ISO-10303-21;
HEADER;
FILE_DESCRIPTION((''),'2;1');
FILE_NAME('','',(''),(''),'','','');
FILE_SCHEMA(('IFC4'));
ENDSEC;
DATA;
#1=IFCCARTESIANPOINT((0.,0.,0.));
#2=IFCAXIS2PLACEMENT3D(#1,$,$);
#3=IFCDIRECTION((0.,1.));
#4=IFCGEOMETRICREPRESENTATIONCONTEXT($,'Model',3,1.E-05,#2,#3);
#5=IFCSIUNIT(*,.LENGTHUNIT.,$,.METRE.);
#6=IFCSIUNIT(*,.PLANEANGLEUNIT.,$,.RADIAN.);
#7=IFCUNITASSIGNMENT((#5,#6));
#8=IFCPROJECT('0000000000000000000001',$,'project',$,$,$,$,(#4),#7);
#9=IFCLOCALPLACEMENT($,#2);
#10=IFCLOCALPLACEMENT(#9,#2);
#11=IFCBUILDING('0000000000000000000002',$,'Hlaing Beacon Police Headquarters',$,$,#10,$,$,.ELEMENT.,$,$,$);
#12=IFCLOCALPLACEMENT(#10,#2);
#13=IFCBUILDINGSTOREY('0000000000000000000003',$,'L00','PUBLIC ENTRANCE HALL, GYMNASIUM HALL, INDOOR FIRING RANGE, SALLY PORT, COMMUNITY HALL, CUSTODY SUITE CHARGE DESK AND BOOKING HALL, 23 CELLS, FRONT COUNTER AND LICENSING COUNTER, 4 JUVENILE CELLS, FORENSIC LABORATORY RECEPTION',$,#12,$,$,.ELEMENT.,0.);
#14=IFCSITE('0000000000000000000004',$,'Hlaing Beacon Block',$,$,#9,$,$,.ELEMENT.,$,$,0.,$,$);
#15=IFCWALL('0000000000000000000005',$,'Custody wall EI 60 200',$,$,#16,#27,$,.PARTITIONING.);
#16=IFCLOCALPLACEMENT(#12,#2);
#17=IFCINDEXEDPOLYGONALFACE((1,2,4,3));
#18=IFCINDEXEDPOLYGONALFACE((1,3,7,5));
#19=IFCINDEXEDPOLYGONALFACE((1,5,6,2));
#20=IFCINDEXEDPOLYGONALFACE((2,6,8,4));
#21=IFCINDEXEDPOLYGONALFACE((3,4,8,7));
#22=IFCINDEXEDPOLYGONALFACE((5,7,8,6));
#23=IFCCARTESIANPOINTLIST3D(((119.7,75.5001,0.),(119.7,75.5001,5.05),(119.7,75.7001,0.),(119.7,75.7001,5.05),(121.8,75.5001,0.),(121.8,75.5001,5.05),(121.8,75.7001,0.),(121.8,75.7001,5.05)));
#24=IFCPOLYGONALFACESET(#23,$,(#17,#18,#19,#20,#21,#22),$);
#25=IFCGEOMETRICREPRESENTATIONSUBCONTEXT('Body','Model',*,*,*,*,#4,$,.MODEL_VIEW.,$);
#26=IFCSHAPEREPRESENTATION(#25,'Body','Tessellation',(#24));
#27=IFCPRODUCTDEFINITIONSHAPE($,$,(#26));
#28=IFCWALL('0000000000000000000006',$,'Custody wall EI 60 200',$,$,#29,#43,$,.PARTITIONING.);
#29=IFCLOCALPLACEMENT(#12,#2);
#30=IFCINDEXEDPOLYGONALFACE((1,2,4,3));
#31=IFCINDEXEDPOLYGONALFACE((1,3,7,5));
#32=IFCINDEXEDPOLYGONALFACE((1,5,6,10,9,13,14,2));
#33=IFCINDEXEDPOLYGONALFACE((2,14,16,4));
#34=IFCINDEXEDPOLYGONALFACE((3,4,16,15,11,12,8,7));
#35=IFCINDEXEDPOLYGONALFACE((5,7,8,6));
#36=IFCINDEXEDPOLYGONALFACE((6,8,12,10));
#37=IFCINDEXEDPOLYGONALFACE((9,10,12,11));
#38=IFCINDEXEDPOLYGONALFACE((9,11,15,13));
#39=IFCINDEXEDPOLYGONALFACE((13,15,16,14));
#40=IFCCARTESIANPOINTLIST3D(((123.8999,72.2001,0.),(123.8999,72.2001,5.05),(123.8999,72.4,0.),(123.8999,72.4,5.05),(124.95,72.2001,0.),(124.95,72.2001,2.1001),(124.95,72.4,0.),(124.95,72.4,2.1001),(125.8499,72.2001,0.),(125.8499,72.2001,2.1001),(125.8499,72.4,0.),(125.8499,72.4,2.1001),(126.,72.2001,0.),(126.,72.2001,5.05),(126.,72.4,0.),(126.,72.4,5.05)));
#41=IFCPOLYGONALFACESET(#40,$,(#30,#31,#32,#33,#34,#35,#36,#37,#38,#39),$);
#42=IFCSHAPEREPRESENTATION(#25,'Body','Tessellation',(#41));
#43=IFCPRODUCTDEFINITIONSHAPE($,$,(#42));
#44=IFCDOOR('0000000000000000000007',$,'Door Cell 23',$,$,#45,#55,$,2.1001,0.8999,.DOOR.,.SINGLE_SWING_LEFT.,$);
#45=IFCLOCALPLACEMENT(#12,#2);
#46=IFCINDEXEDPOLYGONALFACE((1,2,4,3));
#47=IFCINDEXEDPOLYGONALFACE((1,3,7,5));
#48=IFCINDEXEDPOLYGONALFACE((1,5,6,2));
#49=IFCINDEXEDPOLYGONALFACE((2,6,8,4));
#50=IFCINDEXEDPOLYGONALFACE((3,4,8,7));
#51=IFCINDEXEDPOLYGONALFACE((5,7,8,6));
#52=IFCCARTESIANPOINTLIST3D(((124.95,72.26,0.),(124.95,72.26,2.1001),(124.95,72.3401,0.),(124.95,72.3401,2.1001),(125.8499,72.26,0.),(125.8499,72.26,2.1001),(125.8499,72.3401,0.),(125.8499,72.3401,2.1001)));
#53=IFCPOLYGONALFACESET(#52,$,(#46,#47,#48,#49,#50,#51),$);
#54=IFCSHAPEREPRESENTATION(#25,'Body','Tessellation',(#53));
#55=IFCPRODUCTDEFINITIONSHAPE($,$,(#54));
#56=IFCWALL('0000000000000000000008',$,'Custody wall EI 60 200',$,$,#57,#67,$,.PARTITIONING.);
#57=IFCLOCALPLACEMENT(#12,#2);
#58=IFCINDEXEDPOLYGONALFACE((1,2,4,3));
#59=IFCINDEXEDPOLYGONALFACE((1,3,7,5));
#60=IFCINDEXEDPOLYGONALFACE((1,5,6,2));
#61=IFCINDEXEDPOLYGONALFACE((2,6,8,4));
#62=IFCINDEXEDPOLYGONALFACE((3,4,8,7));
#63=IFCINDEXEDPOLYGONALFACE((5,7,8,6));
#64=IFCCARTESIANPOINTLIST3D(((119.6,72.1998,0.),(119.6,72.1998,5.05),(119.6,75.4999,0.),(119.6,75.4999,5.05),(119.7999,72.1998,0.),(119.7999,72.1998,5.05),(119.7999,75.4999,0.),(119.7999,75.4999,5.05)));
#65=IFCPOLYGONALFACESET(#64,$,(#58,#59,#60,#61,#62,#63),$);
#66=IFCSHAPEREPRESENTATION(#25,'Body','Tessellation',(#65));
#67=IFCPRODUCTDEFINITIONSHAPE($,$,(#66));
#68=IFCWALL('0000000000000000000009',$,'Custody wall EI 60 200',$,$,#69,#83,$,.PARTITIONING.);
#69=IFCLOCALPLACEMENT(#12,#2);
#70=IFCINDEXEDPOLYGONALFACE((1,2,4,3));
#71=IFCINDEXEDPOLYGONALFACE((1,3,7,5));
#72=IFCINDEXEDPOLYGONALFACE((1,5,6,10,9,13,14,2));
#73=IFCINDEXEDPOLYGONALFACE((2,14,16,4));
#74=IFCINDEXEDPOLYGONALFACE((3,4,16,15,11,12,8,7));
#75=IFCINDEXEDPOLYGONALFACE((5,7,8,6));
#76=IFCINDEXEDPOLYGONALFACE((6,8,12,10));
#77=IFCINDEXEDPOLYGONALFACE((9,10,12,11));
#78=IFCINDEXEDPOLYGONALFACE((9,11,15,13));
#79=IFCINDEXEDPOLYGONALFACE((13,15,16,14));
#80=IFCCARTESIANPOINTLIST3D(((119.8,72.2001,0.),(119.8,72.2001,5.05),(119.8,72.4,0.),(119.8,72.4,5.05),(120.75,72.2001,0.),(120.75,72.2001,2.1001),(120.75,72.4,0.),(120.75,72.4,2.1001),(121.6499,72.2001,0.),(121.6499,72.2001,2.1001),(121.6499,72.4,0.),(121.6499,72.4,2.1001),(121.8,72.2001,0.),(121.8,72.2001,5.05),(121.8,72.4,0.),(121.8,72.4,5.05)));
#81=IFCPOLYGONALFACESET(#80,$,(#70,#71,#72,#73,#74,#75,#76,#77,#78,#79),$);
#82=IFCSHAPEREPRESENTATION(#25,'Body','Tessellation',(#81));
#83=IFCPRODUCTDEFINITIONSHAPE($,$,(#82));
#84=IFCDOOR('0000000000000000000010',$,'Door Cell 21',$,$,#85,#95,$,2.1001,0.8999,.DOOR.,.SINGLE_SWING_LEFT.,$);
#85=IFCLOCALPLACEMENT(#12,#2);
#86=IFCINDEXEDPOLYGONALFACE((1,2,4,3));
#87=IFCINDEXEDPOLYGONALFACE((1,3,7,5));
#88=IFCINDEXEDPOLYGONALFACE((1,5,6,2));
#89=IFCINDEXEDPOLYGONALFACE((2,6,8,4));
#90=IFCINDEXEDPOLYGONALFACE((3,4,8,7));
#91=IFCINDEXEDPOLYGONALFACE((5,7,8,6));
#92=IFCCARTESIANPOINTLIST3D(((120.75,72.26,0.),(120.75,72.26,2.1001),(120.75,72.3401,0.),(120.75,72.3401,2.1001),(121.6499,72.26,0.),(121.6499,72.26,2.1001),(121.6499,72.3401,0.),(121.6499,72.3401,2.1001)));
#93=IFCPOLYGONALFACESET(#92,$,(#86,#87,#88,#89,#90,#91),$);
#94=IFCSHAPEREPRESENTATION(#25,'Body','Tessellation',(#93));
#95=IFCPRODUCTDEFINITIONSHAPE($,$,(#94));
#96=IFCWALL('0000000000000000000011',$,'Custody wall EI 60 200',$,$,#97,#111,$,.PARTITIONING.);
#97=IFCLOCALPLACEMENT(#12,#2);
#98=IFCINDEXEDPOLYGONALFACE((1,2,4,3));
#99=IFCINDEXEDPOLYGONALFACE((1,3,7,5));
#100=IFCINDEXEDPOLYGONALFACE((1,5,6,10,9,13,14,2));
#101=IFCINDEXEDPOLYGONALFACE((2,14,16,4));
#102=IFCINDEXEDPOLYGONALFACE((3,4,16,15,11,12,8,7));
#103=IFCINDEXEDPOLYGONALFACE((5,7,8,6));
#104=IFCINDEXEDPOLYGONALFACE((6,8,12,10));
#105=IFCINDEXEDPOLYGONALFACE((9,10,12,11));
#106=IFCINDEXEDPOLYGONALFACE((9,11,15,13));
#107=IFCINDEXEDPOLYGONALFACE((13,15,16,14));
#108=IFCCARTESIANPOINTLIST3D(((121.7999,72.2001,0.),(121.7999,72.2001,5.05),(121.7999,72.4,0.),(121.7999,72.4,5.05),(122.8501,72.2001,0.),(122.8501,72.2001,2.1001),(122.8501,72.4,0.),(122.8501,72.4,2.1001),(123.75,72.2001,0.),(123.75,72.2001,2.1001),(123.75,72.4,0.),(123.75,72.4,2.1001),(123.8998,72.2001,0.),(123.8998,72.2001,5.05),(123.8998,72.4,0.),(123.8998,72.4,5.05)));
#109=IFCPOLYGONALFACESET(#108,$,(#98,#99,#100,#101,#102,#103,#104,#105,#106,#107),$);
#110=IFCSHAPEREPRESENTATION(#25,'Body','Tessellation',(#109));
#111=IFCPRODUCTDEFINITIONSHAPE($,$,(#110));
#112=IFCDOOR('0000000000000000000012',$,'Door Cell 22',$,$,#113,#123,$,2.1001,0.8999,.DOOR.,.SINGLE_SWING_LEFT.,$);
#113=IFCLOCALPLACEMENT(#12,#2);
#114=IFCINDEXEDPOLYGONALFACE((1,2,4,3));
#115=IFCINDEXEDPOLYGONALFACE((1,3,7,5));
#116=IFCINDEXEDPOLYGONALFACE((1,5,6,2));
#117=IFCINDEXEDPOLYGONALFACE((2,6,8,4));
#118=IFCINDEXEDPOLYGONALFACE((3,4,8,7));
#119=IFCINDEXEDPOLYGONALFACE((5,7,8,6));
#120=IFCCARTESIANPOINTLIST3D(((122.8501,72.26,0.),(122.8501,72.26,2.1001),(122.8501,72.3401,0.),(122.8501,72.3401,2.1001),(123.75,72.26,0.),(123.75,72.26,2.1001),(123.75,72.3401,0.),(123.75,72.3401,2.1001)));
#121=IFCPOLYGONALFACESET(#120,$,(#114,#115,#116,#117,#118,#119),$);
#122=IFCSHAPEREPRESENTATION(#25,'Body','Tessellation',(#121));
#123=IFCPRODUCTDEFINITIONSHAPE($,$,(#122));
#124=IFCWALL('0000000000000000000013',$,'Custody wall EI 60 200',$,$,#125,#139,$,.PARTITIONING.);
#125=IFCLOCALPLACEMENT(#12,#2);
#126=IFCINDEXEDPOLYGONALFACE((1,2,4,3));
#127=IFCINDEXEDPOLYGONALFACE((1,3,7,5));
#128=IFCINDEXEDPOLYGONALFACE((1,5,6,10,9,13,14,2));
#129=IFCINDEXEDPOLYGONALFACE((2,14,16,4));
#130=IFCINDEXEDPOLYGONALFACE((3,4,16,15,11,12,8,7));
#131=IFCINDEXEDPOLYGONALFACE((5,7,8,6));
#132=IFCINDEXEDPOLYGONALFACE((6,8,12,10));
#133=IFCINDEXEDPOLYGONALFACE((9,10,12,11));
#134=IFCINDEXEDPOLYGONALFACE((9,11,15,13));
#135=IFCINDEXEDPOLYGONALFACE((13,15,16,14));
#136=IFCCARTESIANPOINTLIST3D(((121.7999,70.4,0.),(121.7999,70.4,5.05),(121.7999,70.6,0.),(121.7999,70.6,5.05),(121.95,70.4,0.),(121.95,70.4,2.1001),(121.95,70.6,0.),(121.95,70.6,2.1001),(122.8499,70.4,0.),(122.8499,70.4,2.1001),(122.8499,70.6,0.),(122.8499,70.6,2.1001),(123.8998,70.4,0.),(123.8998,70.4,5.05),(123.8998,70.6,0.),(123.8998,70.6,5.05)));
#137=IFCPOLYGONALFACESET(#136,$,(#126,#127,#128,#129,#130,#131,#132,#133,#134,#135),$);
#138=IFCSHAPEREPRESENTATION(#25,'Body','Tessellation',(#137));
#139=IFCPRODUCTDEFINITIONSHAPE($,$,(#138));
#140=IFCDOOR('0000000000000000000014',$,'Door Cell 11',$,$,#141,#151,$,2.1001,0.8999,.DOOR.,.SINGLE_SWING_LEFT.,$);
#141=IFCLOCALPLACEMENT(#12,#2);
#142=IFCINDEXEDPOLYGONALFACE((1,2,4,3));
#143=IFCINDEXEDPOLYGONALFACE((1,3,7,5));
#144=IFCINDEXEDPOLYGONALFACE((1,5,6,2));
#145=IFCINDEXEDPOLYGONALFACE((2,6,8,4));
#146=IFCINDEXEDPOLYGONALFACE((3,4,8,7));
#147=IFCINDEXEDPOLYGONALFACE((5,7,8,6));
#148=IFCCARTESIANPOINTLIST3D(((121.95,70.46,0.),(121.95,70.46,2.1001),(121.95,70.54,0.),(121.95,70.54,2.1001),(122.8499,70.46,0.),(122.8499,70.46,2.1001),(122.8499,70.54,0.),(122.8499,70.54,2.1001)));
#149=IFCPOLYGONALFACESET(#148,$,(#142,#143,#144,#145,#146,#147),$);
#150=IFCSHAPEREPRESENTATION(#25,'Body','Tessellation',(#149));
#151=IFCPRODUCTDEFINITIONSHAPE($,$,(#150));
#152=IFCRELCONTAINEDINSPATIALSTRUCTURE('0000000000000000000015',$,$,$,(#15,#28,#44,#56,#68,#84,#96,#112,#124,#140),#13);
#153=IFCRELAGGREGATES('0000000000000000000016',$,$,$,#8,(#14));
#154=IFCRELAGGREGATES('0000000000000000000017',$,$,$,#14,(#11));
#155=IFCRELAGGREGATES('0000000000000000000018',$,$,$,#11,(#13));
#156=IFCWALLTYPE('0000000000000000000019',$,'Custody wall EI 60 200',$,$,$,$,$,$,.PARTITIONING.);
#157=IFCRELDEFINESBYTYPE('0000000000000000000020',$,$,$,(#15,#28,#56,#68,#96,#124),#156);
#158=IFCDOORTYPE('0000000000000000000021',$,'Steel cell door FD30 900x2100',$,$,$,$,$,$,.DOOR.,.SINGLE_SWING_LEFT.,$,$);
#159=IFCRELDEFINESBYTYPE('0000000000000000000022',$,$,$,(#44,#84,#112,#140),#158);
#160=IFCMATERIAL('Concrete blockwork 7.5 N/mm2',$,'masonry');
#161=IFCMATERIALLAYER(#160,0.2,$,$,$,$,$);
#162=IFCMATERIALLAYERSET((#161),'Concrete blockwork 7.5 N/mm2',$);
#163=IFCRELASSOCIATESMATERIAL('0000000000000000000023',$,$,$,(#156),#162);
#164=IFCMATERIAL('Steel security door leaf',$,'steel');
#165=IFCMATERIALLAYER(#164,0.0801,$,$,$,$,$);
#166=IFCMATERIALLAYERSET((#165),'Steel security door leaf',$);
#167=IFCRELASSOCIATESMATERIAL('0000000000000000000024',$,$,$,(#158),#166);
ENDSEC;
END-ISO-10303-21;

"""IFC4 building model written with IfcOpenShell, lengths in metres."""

from ifc_helpers import new_model, si_unit, direction, frame, frame_2d, origin, place, context, subcontext, project, spatial, rectangle, extrude, material, layer, layer_set, type_object, element, fill, save


model = new_model("IFC4")

# Units and contexts
model_context = context("Model", 3, precision=1e-05, world=origin(), true_north=direction((0.0, 1.0)))
body_context = subcontext(model_context, "Body", "Model", "MODEL_VIEW")
ifc_project = project(units=[si_unit("LENGTHUNIT", "METRE"), si_unit("PLANEANGLEUNIT", "RADIAN")], contexts=[model_context])

# Site, building, storey
site_placement = place(None, origin())
site = spatial("IfcSite", under=ifc_project, at=site_placement, Name="Hlaing Beacon Block", CompositionType="ELEMENT", RefElevation=0.0)
building_placement = place(site_placement, origin())
building = spatial("IfcBuilding", under=site, at=building_placement, Name="Hlaing Beacon Police Headquarters", CompositionType="ELEMENT")
storey_placement = place(building_placement, origin())
storey = spatial("IfcBuildingStorey", under=building, at=storey_placement, Name="L00", Description="PUBLIC ENTRANCE HALL, GYMNASIUM HALL, INDOOR FIRING RANGE, SALLY PORT, COMMUNITY HALL, CUSTODY SUITE CHARGE DESK AND BOOKING HALL, 23 CELLS, FRONT COUNTER AND LICENSING COUNTER, 4 JUVENILE CELLS, FORENSIC LABORATORY RECEPTION", CompositionType="ELEMENT", Elevation=0.0)

# Wall
ifc_material_1 = material(Name="Concrete blockwork 7.5 N/mm2", Category="masonry")
ifc_layer_1 = layer(ifc_material_1, 0.2)
ifc_layer_set_1 = layer_set([ifc_layer_1], Name="Concrete blockwork 7.5 N/mm2")
wall_type_1 = type_object("IfcWallType", Name="Custody wall EI 60 200", PredefinedType="PARTITIONING", material=ifc_layer_set_1)
wall_1_placement = place(storey_placement, frame((119.7, 75.6001, 0.0), z_axis=(0.0, 0.0, 1.0), x_axis=(1.0, 0.0, 0.0)))
element("IfcWall", 1, at=wall_1_placement, inside=storey, type_object=wall_type_1, Name="Custody wall EI 60 200", PredefinedType="PARTITIONING", context=body_context, shape_type="SweptSolid", body=[
    extrude(rectangle(XDim=2.1001, YDim=0.2, at=frame_2d((1.05, 0.0))), origin(), (0.0, 0.0, 1.0), 5.05),
])

# Wall, opening, door
wall_2_placement = place(storey_placement, frame((123.8999, 72.3, 0.0), z_axis=(0.0, 0.0, 1.0), x_axis=(1.0, 0.0, 0.0)))
wall_2 = element("IfcWall", 2, at=wall_2_placement, inside=storey, type_object=wall_type_1, Name="Custody wall EI 60 200", PredefinedType="PARTITIONING", context=body_context, shape_type="SweptSolid", body=[
    extrude(rectangle(XDim=2.1001, YDim=0.2, at=frame_2d((1.05, 0.0))), origin(), (0.0, 0.0, 1.0), 5.05),
])
opening_1_placement = place(wall_2_placement, frame((1.05, 0.0, 0.0)))
opening_1 = element("IfcOpeningElement", 3, at=opening_1_placement, cuts=wall_2, PredefinedType="OPENING", context=body_context, shape_type="SweptSolid", body=[
    extrude(rectangle(XDim=0.8999, YDim=2.1001, at=frame_2d((0.45, 1.05))), frame((0.0, 0.1099, 0.0), z_axis=(0.0, -1.0, 0.0), x_axis=(1.0, 0.0, 0.0)), (0.0, 0.0, 1.0), 0.22),
])
ifc_material_2 = material(Name="Steel security door leaf", Category="steel")
ifc_layer_2 = layer(ifc_material_2, 0.0801)
ifc_layer_set_2 = layer_set([ifc_layer_2], Name="Steel security door leaf")
door_type = type_object("IfcDoorType", Name="Steel cell door FD30 900x2100", OperationType="SINGLE_SWING_LEFT", PredefinedType="DOOR", material=ifc_layer_set_2)
door_1_placement = place(opening_1_placement, origin())
door_1 = element("IfcDoor", 4, at=door_1_placement, inside=storey, type_object=door_type, Name="Door Cell 23", OperationType="SINGLE_SWING_LEFT", OverallHeight=2.1001, OverallWidth=0.8999, PredefinedType="DOOR", context=body_context, shape_type="SweptSolid", body=[
    extrude(rectangle(XDim=0.8999, YDim=2.1001, at=frame_2d((0.45, 1.05))), frame((0.0, 0.04, 0.0), z_axis=(0.0, -1.0, 0.0), x_axis=(1.0, 0.0, 0.0)), (0.0, 0.0, 1.0), 0.0801),
])
fill(opening_1, door_1)

# Wall
wall_3_placement = place(storey_placement, frame((119.7, 72.2, 0.0), z_axis=(0.0, 0.0, 1.0), x_axis=(0.0, 1.0, 0.0)))
element("IfcWall", 5, at=wall_3_placement, inside=storey, type_object=wall_type_1, Name="Custody wall EI 60 200", PredefinedType="PARTITIONING", context=body_context, shape_type="SweptSolid", body=[
    extrude(rectangle(XDim=3.3, YDim=0.2, at=frame_2d((1.6499, 0.0))), origin(), (0.0, 0.0, 1.0), 5.05),
])

# Walls, openings, doors
wall_4_placement = place(storey_placement, frame((119.8, 72.3, 0.0), z_axis=(0.0, 0.0, 1.0), x_axis=(1.0, 0.0, 0.0)))
wall_4 = element("IfcWall", 6, at=wall_4_placement, inside=storey, type_object=wall_type_1, Name="Custody wall EI 60 200", PredefinedType="PARTITIONING", context=body_context, shape_type="SweptSolid", body=[
    extrude(rectangle(XDim=2.0, YDim=0.2, at=frame_2d((1.0, 0.0))), origin(), (0.0, 0.0, 1.0), 5.05),
])
opening_2_placement = place(wall_4_placement, frame((0.95, 0.0, 0.0)))
opening_2 = element("IfcOpeningElement", 7, at=opening_2_placement, cuts=wall_4, PredefinedType="OPENING", context=body_context, shape_type="SweptSolid", body=[
    extrude(rectangle(XDim=0.8999, YDim=2.1001, at=frame_2d((0.45, 1.05))), frame((0.0, 0.1099, 0.0), z_axis=(0.0, -1.0, 0.0), x_axis=(1.0, 0.0, 0.0)), (0.0, 0.0, 1.0), 0.22),
])
door_2_placement = place(opening_2_placement, origin())
door_2 = element("IfcDoor", 8, at=door_2_placement, inside=storey, type_object=door_type, Name="Door Cell 21", OperationType="SINGLE_SWING_LEFT", OverallHeight=2.1001, OverallWidth=0.8999, PredefinedType="DOOR", context=body_context, shape_type="SweptSolid", body=[
    extrude(rectangle(XDim=0.8999, YDim=2.1001, at=frame_2d((0.45, 1.05))), frame((0.0, 0.04, 0.0), z_axis=(0.0, -1.0, 0.0), x_axis=(1.0, 0.0, 0.0)), (0.0, 0.0, 1.0), 0.0801),
])
fill(opening_2, door_2)
wall_5_placement = place(storey_placement, frame((121.8, 72.3, 0.0), z_axis=(0.0, 0.0, 1.0), x_axis=(1.0, 0.0, 0.0)))
wall_5 = element("IfcWall", 9, at=wall_5_placement, inside=storey, type_object=wall_type_1, Name="Custody wall EI 60 200", PredefinedType="PARTITIONING", context=body_context, shape_type="SweptSolid", body=[
    extrude(rectangle(XDim=2.0999, YDim=0.2, at=frame_2d((1.0498, 0.0))), origin(), (0.0, 0.0, 1.0), 5.05),
])
opening_3_placement = place(wall_5_placement, frame((1.05, 0.0, 0.0)))
opening_3 = element("IfcOpeningElement", 10, at=opening_3_placement, cuts=wall_5, PredefinedType="OPENING", context=body_context, shape_type="SweptSolid", body=[
    extrude(rectangle(XDim=0.8999, YDim=2.1001, at=frame_2d((0.45, 1.05))), frame((0.0, 0.1099, 0.0), z_axis=(0.0, -1.0, 0.0), x_axis=(1.0, 0.0, 0.0)), (0.0, 0.0, 1.0), 0.22),
])
door_3_placement = place(opening_3_placement, origin())
door_3 = element("IfcDoor", 11, at=door_3_placement, inside=storey, type_object=door_type, Name="Door Cell 22", OperationType="SINGLE_SWING_LEFT", OverallHeight=2.1001, OverallWidth=0.8999, PredefinedType="DOOR", context=body_context, shape_type="SweptSolid", body=[
    extrude(rectangle(XDim=0.8999, YDim=2.1001, at=frame_2d((0.45, 1.05))), frame((0.0, 0.04, 0.0), z_axis=(0.0, -1.0, 0.0), x_axis=(1.0, 0.0, 0.0)), (0.0, 0.0, 1.0), 0.0801),
])
fill(opening_3, door_3)
wall_6_placement = place(storey_placement, frame((121.8, 70.5, 0.0), z_axis=(0.0, 0.0, 1.0), x_axis=(1.0, 0.0, 0.0)))
wall_6 = element("IfcWall", 12, at=wall_6_placement, inside=storey, type_object=wall_type_1, Name="Custody wall EI 60 200", PredefinedType="PARTITIONING", context=body_context, shape_type="SweptSolid", body=[
    extrude(rectangle(XDim=2.0999, YDim=0.2, at=frame_2d((1.0498, 0.0))), origin(), (0.0, 0.0, 1.0), 5.05),
])
opening_4_placement = place(wall_6_placement, frame((0.1499, 0.0, 0.0)))
opening_4 = element("IfcOpeningElement", 13, at=opening_4_placement, cuts=wall_6, PredefinedType="OPENING", context=body_context, shape_type="SweptSolid", body=[
    extrude(rectangle(XDim=0.8999, YDim=2.1001, at=frame_2d((0.45, 1.05))), frame((0.0, 0.1099, 0.0), z_axis=(0.0, -1.0, 0.0), x_axis=(1.0, 0.0, 0.0)), (0.0, 0.0, 1.0), 0.22),
])
door_4_placement = place(opening_4_placement, frame((0.8999, 0.0, 0.0), z_axis=(0.0, 0.0, 1.0), x_axis=(-1.0, 0.0, 0.0)))
door_4 = element("IfcDoor", 14, at=door_4_placement, inside=storey, type_object=door_type, Name="Door Cell 11", OperationType="SINGLE_SWING_LEFT", OverallHeight=2.1001, OverallWidth=0.8999, PredefinedType="DOOR", context=body_context, shape_type="SweptSolid", body=[
    extrude(rectangle(XDim=0.8999, YDim=2.1001, at=frame_2d((0.45, 1.05))), frame((0.0, 0.04, 0.0), z_axis=(0.0, -1.0, 0.0), x_axis=(1.0, 0.0, 0.0)), (0.0, 0.0, 1.0), 0.0801),
])
fill(opening_4, door_4)

save(model, "model.ifc")
